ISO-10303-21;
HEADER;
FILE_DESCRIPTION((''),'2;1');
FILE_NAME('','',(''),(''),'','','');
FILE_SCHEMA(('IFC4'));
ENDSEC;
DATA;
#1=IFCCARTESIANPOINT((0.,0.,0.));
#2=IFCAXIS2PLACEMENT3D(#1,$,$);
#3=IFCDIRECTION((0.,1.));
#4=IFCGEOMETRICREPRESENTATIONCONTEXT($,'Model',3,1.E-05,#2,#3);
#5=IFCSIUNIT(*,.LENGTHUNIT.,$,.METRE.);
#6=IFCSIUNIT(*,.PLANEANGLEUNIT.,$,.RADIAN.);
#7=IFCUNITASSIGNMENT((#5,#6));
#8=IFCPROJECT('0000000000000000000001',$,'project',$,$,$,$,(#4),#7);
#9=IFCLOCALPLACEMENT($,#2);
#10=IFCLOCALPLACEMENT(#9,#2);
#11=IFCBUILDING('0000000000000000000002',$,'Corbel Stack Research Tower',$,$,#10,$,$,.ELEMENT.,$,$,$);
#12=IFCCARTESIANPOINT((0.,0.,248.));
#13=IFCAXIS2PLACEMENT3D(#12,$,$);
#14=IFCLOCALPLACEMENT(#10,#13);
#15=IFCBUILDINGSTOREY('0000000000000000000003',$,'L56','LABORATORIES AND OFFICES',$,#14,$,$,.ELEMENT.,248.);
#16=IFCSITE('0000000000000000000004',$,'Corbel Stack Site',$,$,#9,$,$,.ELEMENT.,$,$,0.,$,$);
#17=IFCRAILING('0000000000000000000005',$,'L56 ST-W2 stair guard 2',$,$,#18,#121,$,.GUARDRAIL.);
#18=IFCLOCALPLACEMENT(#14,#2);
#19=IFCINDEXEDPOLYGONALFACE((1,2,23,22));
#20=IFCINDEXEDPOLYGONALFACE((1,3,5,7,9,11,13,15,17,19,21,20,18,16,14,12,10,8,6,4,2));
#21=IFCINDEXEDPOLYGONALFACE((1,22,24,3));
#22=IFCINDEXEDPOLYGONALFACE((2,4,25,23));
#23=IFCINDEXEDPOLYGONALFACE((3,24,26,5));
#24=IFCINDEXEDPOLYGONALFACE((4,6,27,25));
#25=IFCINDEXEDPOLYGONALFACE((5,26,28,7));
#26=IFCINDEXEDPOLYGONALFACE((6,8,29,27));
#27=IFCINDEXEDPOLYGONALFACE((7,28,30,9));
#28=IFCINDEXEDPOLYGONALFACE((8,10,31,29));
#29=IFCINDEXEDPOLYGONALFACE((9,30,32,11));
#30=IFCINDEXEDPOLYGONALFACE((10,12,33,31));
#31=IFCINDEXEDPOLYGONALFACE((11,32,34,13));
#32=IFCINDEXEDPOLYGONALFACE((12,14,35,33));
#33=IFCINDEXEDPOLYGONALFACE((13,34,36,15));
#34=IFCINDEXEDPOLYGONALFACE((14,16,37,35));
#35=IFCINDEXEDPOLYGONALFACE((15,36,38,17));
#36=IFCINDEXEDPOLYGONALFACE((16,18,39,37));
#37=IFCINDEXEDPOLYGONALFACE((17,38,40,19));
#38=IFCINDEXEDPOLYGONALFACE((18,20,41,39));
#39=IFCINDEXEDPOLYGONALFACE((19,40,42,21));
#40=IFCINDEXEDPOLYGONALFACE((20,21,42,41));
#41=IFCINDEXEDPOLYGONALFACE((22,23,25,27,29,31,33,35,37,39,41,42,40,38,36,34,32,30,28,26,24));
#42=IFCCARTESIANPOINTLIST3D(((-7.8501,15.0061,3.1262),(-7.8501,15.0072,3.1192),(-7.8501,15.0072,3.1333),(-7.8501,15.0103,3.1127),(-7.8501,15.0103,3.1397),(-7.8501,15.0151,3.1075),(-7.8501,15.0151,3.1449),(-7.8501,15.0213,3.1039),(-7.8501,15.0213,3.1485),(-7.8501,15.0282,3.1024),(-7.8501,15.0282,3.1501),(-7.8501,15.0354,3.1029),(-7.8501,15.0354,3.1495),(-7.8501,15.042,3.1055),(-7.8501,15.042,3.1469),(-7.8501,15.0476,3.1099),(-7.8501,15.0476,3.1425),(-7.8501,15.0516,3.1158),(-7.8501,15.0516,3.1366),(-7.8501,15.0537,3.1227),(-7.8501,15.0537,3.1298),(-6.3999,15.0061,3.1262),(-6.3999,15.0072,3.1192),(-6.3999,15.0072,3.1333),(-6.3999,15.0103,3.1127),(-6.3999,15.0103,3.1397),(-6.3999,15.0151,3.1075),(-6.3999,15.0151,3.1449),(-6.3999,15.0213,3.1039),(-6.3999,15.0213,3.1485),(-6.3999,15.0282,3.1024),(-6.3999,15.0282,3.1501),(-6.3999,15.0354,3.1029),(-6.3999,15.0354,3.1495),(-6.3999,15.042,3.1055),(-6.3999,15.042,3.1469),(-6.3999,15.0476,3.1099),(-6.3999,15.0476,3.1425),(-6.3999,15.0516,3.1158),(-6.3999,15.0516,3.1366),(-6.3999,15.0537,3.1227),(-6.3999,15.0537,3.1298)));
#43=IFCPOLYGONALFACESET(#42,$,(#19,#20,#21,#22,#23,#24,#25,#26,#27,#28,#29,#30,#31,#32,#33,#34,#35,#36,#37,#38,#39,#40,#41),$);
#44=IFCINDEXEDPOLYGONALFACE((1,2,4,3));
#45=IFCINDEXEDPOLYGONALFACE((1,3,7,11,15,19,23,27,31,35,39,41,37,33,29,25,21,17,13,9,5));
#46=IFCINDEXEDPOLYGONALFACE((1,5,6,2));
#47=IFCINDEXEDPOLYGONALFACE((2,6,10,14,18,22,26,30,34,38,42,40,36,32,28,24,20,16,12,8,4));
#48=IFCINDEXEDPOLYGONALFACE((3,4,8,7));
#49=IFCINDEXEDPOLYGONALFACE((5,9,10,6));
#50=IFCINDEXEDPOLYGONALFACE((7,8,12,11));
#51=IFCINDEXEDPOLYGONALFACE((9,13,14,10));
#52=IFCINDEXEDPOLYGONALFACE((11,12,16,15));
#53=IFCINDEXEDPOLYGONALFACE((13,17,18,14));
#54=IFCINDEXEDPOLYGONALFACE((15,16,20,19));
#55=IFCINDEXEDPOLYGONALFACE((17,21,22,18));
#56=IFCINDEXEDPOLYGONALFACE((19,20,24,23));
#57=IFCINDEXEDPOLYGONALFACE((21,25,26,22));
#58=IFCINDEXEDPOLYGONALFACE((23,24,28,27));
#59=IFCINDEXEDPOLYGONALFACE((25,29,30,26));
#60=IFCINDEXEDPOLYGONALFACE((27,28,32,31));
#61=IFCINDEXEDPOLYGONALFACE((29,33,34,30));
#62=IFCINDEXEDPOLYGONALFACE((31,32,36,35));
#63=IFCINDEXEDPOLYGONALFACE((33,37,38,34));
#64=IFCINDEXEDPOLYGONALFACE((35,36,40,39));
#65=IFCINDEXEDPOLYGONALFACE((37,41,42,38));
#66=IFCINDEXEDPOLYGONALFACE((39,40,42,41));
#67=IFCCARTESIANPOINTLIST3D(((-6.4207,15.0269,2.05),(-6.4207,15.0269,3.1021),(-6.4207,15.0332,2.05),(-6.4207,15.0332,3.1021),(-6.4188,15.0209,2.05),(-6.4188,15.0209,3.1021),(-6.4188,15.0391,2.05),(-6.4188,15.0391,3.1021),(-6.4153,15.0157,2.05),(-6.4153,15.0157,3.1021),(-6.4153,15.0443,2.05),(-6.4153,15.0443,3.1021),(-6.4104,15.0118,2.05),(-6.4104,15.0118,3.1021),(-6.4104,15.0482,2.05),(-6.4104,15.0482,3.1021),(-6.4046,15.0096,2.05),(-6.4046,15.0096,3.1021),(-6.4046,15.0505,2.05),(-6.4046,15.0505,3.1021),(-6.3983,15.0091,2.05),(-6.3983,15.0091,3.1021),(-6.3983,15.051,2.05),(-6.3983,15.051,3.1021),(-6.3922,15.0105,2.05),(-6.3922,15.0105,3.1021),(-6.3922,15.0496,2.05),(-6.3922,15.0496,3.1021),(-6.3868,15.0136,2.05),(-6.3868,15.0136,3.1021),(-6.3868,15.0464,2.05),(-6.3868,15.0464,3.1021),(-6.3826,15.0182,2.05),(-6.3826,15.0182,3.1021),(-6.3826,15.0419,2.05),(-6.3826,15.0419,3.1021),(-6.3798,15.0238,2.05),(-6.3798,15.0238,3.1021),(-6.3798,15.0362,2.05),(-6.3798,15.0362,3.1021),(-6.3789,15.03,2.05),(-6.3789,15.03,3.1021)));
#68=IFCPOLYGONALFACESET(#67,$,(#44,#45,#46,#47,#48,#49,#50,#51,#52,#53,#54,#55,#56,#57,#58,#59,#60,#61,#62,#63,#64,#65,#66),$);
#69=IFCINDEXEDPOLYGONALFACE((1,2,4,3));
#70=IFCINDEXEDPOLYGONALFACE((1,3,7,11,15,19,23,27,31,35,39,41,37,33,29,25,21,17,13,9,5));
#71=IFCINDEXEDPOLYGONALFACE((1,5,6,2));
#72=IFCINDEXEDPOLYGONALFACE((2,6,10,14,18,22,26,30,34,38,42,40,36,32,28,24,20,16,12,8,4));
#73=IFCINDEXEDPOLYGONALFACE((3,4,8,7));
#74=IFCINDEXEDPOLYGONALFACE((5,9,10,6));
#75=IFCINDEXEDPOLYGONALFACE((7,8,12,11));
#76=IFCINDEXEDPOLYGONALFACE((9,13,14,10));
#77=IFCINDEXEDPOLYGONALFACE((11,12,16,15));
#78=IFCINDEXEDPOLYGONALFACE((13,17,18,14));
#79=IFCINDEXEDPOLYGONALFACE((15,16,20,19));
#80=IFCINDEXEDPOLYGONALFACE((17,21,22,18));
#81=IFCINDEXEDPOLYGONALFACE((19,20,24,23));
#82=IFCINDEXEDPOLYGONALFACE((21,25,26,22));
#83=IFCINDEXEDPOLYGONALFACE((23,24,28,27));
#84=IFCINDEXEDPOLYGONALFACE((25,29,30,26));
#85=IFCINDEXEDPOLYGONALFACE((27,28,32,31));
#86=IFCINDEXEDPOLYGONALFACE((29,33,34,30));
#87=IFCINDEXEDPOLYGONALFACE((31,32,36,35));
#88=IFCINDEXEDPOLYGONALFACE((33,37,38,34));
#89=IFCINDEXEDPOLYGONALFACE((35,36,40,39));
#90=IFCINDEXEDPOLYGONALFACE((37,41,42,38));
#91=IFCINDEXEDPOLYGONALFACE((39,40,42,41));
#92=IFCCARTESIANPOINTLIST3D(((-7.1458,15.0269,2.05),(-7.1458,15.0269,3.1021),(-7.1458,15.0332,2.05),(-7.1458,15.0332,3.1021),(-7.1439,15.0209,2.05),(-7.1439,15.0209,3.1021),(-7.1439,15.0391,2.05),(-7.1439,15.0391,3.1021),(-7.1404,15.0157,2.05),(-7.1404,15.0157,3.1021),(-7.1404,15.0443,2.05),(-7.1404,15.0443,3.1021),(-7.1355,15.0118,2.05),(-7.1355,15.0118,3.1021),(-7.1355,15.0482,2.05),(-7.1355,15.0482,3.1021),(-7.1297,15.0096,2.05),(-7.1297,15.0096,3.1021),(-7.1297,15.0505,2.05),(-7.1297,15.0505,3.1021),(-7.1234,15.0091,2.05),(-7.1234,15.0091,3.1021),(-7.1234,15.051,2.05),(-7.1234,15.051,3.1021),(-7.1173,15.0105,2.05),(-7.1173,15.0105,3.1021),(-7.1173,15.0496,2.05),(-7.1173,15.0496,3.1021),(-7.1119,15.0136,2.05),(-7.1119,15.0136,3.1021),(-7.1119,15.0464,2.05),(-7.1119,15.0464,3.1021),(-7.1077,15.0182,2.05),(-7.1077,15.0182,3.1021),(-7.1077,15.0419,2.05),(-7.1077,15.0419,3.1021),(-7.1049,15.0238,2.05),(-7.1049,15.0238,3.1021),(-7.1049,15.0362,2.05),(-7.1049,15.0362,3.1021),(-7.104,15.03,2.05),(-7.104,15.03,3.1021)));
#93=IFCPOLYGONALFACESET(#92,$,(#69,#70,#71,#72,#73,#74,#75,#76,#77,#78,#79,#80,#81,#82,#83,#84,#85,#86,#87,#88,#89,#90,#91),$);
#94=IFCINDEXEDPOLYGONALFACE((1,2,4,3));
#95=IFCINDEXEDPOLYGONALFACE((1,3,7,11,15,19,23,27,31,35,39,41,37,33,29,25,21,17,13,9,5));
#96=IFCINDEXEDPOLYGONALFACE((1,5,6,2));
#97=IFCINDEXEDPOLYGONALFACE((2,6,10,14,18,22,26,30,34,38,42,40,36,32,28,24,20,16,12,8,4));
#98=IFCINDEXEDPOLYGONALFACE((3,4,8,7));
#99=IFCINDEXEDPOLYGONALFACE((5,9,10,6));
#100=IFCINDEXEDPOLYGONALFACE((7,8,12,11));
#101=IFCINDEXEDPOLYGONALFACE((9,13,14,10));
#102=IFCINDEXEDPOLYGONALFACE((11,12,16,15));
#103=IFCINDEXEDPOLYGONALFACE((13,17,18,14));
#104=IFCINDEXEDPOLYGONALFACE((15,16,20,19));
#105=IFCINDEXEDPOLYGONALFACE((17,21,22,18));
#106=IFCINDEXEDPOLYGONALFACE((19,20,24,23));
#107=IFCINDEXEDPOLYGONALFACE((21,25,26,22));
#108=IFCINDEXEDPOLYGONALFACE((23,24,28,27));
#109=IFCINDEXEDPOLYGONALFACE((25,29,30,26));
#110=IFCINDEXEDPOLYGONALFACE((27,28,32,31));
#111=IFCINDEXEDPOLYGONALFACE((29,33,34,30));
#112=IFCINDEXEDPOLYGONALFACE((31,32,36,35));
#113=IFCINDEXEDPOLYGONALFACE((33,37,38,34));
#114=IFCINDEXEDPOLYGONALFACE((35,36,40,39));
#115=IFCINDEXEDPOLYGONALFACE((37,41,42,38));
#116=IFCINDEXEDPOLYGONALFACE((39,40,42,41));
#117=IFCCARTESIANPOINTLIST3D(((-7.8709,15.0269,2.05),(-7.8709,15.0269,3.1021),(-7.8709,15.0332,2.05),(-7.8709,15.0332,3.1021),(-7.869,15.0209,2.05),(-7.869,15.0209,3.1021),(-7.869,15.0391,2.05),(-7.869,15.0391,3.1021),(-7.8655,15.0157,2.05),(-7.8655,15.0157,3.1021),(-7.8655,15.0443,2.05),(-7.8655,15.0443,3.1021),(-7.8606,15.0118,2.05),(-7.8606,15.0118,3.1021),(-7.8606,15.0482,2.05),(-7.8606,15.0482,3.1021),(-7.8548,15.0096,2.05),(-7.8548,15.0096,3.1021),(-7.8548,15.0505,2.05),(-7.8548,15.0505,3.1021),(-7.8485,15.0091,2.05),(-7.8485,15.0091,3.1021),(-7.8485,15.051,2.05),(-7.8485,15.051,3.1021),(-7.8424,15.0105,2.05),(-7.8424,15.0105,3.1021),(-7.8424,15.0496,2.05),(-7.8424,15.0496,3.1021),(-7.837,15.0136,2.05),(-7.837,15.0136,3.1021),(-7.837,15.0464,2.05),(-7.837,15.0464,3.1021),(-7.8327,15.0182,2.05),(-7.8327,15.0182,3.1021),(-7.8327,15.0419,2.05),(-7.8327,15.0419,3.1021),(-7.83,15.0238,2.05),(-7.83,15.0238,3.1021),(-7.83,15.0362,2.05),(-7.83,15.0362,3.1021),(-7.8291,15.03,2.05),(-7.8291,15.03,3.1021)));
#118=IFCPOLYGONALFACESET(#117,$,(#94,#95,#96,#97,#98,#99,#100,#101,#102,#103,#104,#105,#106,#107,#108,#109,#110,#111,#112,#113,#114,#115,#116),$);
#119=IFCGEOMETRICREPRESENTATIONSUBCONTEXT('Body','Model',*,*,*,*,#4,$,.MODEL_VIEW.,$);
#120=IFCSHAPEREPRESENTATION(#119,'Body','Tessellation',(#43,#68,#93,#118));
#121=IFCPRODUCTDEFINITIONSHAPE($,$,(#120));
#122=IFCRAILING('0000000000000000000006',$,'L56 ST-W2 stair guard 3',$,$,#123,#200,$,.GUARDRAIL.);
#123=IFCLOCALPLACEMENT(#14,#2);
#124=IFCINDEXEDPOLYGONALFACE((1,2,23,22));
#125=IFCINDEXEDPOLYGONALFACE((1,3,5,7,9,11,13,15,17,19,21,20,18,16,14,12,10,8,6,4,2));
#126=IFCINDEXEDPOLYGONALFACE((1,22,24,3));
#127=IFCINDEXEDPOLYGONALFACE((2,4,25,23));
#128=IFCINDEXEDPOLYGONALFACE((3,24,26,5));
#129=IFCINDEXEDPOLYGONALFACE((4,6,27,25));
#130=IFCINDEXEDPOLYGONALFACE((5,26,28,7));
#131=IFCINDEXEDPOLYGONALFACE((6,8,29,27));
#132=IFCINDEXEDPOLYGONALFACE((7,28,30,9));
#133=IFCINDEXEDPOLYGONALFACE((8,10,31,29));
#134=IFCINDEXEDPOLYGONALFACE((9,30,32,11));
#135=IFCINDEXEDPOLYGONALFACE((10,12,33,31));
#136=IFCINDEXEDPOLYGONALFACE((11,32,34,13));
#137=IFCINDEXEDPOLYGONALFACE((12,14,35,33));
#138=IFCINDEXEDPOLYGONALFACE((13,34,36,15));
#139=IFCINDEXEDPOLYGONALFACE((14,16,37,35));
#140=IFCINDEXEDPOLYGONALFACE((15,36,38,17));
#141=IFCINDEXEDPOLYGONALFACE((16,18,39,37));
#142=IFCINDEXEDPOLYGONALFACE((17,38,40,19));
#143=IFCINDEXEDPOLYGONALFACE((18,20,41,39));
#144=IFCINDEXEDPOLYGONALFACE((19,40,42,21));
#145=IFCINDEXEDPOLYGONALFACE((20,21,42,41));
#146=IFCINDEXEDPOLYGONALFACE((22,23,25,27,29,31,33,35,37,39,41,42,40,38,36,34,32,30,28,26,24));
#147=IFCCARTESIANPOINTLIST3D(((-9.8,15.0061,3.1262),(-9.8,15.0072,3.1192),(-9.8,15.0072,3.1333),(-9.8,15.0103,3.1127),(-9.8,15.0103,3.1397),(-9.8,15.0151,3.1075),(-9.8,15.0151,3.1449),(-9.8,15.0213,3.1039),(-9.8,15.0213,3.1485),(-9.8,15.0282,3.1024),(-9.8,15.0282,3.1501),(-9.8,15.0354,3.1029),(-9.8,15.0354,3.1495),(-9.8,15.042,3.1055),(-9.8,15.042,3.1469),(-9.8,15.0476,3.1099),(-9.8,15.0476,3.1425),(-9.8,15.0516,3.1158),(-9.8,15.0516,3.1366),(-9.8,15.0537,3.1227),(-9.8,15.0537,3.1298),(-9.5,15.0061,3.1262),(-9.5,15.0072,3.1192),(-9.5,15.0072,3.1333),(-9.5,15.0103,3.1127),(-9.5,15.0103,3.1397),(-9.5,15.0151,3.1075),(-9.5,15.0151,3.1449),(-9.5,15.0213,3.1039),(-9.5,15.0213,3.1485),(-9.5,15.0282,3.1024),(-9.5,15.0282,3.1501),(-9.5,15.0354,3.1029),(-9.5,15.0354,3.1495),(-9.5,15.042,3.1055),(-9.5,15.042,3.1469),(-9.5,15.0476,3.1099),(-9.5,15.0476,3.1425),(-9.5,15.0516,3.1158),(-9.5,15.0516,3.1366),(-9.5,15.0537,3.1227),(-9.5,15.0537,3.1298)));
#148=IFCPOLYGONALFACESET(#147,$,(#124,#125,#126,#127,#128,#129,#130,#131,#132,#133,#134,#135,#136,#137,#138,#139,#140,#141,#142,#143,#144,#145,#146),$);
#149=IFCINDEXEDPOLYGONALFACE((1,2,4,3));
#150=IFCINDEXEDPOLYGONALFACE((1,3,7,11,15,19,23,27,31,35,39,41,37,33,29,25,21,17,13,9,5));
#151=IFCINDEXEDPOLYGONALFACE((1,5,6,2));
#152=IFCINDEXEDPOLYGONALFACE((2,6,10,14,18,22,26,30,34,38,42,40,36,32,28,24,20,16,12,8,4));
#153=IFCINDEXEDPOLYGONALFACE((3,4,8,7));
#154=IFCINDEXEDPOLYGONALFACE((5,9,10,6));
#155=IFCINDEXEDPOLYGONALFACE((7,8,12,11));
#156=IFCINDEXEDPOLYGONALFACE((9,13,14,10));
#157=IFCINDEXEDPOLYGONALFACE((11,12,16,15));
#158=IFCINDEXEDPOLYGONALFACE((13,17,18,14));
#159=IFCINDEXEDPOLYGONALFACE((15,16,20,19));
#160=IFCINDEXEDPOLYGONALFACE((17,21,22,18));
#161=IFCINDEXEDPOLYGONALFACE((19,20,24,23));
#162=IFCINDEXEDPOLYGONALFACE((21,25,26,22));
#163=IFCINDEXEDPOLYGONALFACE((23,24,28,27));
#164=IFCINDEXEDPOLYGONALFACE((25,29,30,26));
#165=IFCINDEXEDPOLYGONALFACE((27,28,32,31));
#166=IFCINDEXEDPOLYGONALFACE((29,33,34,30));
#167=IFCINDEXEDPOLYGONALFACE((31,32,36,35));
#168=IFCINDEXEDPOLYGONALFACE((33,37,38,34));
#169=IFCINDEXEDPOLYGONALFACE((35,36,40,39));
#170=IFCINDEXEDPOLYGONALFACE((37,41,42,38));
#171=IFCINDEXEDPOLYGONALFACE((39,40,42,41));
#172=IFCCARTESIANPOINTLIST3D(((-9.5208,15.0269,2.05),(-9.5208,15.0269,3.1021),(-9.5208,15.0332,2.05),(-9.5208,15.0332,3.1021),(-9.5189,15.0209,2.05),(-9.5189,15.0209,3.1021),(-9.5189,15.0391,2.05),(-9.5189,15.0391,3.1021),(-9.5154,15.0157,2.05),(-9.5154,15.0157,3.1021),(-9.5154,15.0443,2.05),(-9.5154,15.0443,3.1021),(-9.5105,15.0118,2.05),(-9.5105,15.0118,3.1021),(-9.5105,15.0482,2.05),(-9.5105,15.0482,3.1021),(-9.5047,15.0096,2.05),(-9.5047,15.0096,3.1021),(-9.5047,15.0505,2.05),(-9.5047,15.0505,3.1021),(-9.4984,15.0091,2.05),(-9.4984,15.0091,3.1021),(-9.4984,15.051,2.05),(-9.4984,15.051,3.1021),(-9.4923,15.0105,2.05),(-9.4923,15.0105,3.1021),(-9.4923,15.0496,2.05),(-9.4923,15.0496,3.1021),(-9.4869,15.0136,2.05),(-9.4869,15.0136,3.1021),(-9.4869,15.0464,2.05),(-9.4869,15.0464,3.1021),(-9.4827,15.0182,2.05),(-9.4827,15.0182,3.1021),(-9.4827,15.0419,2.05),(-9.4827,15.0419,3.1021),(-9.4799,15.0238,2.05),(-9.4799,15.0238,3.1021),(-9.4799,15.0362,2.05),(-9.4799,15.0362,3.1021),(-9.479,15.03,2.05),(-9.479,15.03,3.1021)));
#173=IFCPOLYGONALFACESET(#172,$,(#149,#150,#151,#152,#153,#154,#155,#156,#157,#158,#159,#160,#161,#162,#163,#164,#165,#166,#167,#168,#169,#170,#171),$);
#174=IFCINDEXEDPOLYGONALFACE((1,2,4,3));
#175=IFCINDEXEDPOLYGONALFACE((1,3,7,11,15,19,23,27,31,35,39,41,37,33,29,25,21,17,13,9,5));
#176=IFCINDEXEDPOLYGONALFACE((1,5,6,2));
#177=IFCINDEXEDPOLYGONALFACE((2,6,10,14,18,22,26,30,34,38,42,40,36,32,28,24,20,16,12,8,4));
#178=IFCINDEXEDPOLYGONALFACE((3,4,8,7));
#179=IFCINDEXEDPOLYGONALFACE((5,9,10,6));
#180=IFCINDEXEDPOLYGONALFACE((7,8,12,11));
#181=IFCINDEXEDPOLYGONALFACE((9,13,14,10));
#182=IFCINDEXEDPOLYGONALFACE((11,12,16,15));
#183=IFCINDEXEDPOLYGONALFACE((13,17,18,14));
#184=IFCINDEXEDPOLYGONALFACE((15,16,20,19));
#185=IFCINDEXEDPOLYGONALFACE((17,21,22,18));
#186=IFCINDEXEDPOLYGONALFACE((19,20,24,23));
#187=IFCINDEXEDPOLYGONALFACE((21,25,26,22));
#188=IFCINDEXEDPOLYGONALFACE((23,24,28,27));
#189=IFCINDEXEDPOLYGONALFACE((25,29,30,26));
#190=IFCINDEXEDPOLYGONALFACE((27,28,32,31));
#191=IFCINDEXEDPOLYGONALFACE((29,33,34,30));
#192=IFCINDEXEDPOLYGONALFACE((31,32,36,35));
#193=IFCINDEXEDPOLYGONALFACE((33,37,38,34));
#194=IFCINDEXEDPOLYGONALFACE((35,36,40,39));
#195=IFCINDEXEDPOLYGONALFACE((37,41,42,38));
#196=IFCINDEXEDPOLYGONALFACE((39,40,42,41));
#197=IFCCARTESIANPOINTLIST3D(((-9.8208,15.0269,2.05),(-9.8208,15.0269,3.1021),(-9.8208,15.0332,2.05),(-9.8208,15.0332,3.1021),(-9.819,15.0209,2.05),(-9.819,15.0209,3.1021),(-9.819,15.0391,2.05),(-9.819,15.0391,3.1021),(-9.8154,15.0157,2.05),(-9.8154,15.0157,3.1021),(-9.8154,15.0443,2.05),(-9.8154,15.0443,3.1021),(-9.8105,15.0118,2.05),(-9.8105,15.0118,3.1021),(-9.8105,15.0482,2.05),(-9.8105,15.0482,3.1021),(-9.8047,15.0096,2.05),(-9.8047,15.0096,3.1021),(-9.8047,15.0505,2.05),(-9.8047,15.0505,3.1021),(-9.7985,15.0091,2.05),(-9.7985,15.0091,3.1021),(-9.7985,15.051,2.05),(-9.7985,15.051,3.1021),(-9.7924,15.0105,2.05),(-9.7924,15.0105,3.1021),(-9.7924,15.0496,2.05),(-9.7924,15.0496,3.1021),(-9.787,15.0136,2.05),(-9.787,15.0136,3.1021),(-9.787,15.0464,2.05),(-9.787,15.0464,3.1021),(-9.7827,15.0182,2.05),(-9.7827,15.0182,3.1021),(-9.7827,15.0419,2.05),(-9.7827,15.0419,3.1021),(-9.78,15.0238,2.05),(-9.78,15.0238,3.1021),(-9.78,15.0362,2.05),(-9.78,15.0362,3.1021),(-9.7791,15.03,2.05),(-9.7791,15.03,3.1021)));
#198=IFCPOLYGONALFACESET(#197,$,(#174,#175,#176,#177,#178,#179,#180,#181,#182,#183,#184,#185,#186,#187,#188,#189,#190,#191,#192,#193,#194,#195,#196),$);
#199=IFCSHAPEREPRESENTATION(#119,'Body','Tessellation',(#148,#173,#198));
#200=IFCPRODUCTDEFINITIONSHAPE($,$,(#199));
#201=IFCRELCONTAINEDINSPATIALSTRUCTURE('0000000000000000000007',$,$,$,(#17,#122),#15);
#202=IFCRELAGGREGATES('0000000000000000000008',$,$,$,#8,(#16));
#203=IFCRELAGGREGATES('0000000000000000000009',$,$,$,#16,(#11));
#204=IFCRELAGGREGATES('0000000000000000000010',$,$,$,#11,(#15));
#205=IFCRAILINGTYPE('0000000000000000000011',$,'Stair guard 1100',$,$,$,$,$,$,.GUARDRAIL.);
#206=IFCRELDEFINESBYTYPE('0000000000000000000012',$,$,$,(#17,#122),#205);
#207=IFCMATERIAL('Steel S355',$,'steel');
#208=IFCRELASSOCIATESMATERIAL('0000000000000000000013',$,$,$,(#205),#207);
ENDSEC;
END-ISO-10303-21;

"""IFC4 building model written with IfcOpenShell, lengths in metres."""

from ifc_helpers import new_model, si_unit, direction, frame, origin, origin_2d, place, context, subcontext, project, spatial, circle, extrude, material, type_object, element, save


model = new_model("IFC4")

# Units and contexts
model_context = context("Model", 3, precision=1e-05, world=origin(), true_north=direction((0.0, 1.0)))
body_context = subcontext(model_context, "Body", "Model", "MODEL_VIEW")
ifc_project = project(units=[si_unit("LENGTHUNIT", "METRE"), si_unit("PLANEANGLEUNIT", "RADIAN")], contexts=[model_context])

# Site, building, storey
site_placement = place(None, origin())
site = spatial("IfcSite", under=ifc_project, at=site_placement, Name="Corbel Stack Site", CompositionType="ELEMENT", RefElevation=0.0)
building_placement = place(site_placement, origin())
building = spatial("IfcBuilding", under=site, at=building_placement, Name="Corbel Stack Research Tower", CompositionType="ELEMENT")
storey_placement = place(building_placement, frame((0.0, 0.0, 248.0)))
storey = spatial("IfcBuildingStorey", under=building, at=storey_placement, Name="L56", Description="LABORATORIES AND OFFICES", CompositionType="ELEMENT", Elevation=248.0)

# Railings
ifc_material_1 = material(Name="Steel S355", Category="steel")
railing_type_1 = type_object("IfcRailingType", Name="Stair guard 1100", PredefinedType="GUARDRAIL", material=ifc_material_1)
railing_1_placement = place(storey_placement, frame((-6.3999, 15.03, 2.05)))
element("IfcRailing", 1, at=railing_1_placement, inside=storey, type_object=railing_type_1, Name="L56 ST-W2 stair guard 2", PredefinedType="GUARDRAIL", context=body_context, shape_type="SweptSolid", body=[
    extrude(circle(Radius=0.0239, at=origin_2d()), frame((0.0, 0.0, 1.0762), z_axis=(-1.0, 0.0, 0.0), x_axis=(0.0, -1.0, 0.0)), (0.0, 0.0, 1.0), 1.4502),
    extrude(circle(Radius=0.021, at=origin_2d()), origin(), (0.0, 0.0, 1.0), 1.052),
    extrude(circle(Radius=0.021, at=origin_2d()), frame((-0.7251, 0.0, 0.0)), (0.0, 0.0, 1.0), 1.052),
    extrude(circle(Radius=0.021, at=origin_2d()), frame((-1.4502, 0.0, 0.0)), (0.0, 0.0, 1.0), 1.052),
])
railing_2_placement = place(storey_placement, frame((-9.5, 15.03, 2.05)))
element("IfcRailing", 2, at=railing_2_placement, inside=storey, type_object=railing_type_1, Name="L56 ST-W2 stair guard 3", PredefinedType="GUARDRAIL", context=body_context, shape_type="SweptSolid", body=[
    extrude(circle(Radius=0.0239, at=origin_2d()), frame((0.0, 0.0, 1.0762), z_axis=(-1.0, 0.0, 0.0), x_axis=(0.0, -1.0, 0.0)), (0.0, 0.0, 1.0), 0.3),
    extrude(circle(Radius=0.021, at=origin_2d()), origin(), (0.0, 0.0, 1.0), 1.052),
    extrude(circle(Radius=0.021, at=origin_2d()), frame((-0.3, 0.0, 0.0)), (0.0, 0.0, 1.0), 1.052),
])

save(model, "model.ifc")
